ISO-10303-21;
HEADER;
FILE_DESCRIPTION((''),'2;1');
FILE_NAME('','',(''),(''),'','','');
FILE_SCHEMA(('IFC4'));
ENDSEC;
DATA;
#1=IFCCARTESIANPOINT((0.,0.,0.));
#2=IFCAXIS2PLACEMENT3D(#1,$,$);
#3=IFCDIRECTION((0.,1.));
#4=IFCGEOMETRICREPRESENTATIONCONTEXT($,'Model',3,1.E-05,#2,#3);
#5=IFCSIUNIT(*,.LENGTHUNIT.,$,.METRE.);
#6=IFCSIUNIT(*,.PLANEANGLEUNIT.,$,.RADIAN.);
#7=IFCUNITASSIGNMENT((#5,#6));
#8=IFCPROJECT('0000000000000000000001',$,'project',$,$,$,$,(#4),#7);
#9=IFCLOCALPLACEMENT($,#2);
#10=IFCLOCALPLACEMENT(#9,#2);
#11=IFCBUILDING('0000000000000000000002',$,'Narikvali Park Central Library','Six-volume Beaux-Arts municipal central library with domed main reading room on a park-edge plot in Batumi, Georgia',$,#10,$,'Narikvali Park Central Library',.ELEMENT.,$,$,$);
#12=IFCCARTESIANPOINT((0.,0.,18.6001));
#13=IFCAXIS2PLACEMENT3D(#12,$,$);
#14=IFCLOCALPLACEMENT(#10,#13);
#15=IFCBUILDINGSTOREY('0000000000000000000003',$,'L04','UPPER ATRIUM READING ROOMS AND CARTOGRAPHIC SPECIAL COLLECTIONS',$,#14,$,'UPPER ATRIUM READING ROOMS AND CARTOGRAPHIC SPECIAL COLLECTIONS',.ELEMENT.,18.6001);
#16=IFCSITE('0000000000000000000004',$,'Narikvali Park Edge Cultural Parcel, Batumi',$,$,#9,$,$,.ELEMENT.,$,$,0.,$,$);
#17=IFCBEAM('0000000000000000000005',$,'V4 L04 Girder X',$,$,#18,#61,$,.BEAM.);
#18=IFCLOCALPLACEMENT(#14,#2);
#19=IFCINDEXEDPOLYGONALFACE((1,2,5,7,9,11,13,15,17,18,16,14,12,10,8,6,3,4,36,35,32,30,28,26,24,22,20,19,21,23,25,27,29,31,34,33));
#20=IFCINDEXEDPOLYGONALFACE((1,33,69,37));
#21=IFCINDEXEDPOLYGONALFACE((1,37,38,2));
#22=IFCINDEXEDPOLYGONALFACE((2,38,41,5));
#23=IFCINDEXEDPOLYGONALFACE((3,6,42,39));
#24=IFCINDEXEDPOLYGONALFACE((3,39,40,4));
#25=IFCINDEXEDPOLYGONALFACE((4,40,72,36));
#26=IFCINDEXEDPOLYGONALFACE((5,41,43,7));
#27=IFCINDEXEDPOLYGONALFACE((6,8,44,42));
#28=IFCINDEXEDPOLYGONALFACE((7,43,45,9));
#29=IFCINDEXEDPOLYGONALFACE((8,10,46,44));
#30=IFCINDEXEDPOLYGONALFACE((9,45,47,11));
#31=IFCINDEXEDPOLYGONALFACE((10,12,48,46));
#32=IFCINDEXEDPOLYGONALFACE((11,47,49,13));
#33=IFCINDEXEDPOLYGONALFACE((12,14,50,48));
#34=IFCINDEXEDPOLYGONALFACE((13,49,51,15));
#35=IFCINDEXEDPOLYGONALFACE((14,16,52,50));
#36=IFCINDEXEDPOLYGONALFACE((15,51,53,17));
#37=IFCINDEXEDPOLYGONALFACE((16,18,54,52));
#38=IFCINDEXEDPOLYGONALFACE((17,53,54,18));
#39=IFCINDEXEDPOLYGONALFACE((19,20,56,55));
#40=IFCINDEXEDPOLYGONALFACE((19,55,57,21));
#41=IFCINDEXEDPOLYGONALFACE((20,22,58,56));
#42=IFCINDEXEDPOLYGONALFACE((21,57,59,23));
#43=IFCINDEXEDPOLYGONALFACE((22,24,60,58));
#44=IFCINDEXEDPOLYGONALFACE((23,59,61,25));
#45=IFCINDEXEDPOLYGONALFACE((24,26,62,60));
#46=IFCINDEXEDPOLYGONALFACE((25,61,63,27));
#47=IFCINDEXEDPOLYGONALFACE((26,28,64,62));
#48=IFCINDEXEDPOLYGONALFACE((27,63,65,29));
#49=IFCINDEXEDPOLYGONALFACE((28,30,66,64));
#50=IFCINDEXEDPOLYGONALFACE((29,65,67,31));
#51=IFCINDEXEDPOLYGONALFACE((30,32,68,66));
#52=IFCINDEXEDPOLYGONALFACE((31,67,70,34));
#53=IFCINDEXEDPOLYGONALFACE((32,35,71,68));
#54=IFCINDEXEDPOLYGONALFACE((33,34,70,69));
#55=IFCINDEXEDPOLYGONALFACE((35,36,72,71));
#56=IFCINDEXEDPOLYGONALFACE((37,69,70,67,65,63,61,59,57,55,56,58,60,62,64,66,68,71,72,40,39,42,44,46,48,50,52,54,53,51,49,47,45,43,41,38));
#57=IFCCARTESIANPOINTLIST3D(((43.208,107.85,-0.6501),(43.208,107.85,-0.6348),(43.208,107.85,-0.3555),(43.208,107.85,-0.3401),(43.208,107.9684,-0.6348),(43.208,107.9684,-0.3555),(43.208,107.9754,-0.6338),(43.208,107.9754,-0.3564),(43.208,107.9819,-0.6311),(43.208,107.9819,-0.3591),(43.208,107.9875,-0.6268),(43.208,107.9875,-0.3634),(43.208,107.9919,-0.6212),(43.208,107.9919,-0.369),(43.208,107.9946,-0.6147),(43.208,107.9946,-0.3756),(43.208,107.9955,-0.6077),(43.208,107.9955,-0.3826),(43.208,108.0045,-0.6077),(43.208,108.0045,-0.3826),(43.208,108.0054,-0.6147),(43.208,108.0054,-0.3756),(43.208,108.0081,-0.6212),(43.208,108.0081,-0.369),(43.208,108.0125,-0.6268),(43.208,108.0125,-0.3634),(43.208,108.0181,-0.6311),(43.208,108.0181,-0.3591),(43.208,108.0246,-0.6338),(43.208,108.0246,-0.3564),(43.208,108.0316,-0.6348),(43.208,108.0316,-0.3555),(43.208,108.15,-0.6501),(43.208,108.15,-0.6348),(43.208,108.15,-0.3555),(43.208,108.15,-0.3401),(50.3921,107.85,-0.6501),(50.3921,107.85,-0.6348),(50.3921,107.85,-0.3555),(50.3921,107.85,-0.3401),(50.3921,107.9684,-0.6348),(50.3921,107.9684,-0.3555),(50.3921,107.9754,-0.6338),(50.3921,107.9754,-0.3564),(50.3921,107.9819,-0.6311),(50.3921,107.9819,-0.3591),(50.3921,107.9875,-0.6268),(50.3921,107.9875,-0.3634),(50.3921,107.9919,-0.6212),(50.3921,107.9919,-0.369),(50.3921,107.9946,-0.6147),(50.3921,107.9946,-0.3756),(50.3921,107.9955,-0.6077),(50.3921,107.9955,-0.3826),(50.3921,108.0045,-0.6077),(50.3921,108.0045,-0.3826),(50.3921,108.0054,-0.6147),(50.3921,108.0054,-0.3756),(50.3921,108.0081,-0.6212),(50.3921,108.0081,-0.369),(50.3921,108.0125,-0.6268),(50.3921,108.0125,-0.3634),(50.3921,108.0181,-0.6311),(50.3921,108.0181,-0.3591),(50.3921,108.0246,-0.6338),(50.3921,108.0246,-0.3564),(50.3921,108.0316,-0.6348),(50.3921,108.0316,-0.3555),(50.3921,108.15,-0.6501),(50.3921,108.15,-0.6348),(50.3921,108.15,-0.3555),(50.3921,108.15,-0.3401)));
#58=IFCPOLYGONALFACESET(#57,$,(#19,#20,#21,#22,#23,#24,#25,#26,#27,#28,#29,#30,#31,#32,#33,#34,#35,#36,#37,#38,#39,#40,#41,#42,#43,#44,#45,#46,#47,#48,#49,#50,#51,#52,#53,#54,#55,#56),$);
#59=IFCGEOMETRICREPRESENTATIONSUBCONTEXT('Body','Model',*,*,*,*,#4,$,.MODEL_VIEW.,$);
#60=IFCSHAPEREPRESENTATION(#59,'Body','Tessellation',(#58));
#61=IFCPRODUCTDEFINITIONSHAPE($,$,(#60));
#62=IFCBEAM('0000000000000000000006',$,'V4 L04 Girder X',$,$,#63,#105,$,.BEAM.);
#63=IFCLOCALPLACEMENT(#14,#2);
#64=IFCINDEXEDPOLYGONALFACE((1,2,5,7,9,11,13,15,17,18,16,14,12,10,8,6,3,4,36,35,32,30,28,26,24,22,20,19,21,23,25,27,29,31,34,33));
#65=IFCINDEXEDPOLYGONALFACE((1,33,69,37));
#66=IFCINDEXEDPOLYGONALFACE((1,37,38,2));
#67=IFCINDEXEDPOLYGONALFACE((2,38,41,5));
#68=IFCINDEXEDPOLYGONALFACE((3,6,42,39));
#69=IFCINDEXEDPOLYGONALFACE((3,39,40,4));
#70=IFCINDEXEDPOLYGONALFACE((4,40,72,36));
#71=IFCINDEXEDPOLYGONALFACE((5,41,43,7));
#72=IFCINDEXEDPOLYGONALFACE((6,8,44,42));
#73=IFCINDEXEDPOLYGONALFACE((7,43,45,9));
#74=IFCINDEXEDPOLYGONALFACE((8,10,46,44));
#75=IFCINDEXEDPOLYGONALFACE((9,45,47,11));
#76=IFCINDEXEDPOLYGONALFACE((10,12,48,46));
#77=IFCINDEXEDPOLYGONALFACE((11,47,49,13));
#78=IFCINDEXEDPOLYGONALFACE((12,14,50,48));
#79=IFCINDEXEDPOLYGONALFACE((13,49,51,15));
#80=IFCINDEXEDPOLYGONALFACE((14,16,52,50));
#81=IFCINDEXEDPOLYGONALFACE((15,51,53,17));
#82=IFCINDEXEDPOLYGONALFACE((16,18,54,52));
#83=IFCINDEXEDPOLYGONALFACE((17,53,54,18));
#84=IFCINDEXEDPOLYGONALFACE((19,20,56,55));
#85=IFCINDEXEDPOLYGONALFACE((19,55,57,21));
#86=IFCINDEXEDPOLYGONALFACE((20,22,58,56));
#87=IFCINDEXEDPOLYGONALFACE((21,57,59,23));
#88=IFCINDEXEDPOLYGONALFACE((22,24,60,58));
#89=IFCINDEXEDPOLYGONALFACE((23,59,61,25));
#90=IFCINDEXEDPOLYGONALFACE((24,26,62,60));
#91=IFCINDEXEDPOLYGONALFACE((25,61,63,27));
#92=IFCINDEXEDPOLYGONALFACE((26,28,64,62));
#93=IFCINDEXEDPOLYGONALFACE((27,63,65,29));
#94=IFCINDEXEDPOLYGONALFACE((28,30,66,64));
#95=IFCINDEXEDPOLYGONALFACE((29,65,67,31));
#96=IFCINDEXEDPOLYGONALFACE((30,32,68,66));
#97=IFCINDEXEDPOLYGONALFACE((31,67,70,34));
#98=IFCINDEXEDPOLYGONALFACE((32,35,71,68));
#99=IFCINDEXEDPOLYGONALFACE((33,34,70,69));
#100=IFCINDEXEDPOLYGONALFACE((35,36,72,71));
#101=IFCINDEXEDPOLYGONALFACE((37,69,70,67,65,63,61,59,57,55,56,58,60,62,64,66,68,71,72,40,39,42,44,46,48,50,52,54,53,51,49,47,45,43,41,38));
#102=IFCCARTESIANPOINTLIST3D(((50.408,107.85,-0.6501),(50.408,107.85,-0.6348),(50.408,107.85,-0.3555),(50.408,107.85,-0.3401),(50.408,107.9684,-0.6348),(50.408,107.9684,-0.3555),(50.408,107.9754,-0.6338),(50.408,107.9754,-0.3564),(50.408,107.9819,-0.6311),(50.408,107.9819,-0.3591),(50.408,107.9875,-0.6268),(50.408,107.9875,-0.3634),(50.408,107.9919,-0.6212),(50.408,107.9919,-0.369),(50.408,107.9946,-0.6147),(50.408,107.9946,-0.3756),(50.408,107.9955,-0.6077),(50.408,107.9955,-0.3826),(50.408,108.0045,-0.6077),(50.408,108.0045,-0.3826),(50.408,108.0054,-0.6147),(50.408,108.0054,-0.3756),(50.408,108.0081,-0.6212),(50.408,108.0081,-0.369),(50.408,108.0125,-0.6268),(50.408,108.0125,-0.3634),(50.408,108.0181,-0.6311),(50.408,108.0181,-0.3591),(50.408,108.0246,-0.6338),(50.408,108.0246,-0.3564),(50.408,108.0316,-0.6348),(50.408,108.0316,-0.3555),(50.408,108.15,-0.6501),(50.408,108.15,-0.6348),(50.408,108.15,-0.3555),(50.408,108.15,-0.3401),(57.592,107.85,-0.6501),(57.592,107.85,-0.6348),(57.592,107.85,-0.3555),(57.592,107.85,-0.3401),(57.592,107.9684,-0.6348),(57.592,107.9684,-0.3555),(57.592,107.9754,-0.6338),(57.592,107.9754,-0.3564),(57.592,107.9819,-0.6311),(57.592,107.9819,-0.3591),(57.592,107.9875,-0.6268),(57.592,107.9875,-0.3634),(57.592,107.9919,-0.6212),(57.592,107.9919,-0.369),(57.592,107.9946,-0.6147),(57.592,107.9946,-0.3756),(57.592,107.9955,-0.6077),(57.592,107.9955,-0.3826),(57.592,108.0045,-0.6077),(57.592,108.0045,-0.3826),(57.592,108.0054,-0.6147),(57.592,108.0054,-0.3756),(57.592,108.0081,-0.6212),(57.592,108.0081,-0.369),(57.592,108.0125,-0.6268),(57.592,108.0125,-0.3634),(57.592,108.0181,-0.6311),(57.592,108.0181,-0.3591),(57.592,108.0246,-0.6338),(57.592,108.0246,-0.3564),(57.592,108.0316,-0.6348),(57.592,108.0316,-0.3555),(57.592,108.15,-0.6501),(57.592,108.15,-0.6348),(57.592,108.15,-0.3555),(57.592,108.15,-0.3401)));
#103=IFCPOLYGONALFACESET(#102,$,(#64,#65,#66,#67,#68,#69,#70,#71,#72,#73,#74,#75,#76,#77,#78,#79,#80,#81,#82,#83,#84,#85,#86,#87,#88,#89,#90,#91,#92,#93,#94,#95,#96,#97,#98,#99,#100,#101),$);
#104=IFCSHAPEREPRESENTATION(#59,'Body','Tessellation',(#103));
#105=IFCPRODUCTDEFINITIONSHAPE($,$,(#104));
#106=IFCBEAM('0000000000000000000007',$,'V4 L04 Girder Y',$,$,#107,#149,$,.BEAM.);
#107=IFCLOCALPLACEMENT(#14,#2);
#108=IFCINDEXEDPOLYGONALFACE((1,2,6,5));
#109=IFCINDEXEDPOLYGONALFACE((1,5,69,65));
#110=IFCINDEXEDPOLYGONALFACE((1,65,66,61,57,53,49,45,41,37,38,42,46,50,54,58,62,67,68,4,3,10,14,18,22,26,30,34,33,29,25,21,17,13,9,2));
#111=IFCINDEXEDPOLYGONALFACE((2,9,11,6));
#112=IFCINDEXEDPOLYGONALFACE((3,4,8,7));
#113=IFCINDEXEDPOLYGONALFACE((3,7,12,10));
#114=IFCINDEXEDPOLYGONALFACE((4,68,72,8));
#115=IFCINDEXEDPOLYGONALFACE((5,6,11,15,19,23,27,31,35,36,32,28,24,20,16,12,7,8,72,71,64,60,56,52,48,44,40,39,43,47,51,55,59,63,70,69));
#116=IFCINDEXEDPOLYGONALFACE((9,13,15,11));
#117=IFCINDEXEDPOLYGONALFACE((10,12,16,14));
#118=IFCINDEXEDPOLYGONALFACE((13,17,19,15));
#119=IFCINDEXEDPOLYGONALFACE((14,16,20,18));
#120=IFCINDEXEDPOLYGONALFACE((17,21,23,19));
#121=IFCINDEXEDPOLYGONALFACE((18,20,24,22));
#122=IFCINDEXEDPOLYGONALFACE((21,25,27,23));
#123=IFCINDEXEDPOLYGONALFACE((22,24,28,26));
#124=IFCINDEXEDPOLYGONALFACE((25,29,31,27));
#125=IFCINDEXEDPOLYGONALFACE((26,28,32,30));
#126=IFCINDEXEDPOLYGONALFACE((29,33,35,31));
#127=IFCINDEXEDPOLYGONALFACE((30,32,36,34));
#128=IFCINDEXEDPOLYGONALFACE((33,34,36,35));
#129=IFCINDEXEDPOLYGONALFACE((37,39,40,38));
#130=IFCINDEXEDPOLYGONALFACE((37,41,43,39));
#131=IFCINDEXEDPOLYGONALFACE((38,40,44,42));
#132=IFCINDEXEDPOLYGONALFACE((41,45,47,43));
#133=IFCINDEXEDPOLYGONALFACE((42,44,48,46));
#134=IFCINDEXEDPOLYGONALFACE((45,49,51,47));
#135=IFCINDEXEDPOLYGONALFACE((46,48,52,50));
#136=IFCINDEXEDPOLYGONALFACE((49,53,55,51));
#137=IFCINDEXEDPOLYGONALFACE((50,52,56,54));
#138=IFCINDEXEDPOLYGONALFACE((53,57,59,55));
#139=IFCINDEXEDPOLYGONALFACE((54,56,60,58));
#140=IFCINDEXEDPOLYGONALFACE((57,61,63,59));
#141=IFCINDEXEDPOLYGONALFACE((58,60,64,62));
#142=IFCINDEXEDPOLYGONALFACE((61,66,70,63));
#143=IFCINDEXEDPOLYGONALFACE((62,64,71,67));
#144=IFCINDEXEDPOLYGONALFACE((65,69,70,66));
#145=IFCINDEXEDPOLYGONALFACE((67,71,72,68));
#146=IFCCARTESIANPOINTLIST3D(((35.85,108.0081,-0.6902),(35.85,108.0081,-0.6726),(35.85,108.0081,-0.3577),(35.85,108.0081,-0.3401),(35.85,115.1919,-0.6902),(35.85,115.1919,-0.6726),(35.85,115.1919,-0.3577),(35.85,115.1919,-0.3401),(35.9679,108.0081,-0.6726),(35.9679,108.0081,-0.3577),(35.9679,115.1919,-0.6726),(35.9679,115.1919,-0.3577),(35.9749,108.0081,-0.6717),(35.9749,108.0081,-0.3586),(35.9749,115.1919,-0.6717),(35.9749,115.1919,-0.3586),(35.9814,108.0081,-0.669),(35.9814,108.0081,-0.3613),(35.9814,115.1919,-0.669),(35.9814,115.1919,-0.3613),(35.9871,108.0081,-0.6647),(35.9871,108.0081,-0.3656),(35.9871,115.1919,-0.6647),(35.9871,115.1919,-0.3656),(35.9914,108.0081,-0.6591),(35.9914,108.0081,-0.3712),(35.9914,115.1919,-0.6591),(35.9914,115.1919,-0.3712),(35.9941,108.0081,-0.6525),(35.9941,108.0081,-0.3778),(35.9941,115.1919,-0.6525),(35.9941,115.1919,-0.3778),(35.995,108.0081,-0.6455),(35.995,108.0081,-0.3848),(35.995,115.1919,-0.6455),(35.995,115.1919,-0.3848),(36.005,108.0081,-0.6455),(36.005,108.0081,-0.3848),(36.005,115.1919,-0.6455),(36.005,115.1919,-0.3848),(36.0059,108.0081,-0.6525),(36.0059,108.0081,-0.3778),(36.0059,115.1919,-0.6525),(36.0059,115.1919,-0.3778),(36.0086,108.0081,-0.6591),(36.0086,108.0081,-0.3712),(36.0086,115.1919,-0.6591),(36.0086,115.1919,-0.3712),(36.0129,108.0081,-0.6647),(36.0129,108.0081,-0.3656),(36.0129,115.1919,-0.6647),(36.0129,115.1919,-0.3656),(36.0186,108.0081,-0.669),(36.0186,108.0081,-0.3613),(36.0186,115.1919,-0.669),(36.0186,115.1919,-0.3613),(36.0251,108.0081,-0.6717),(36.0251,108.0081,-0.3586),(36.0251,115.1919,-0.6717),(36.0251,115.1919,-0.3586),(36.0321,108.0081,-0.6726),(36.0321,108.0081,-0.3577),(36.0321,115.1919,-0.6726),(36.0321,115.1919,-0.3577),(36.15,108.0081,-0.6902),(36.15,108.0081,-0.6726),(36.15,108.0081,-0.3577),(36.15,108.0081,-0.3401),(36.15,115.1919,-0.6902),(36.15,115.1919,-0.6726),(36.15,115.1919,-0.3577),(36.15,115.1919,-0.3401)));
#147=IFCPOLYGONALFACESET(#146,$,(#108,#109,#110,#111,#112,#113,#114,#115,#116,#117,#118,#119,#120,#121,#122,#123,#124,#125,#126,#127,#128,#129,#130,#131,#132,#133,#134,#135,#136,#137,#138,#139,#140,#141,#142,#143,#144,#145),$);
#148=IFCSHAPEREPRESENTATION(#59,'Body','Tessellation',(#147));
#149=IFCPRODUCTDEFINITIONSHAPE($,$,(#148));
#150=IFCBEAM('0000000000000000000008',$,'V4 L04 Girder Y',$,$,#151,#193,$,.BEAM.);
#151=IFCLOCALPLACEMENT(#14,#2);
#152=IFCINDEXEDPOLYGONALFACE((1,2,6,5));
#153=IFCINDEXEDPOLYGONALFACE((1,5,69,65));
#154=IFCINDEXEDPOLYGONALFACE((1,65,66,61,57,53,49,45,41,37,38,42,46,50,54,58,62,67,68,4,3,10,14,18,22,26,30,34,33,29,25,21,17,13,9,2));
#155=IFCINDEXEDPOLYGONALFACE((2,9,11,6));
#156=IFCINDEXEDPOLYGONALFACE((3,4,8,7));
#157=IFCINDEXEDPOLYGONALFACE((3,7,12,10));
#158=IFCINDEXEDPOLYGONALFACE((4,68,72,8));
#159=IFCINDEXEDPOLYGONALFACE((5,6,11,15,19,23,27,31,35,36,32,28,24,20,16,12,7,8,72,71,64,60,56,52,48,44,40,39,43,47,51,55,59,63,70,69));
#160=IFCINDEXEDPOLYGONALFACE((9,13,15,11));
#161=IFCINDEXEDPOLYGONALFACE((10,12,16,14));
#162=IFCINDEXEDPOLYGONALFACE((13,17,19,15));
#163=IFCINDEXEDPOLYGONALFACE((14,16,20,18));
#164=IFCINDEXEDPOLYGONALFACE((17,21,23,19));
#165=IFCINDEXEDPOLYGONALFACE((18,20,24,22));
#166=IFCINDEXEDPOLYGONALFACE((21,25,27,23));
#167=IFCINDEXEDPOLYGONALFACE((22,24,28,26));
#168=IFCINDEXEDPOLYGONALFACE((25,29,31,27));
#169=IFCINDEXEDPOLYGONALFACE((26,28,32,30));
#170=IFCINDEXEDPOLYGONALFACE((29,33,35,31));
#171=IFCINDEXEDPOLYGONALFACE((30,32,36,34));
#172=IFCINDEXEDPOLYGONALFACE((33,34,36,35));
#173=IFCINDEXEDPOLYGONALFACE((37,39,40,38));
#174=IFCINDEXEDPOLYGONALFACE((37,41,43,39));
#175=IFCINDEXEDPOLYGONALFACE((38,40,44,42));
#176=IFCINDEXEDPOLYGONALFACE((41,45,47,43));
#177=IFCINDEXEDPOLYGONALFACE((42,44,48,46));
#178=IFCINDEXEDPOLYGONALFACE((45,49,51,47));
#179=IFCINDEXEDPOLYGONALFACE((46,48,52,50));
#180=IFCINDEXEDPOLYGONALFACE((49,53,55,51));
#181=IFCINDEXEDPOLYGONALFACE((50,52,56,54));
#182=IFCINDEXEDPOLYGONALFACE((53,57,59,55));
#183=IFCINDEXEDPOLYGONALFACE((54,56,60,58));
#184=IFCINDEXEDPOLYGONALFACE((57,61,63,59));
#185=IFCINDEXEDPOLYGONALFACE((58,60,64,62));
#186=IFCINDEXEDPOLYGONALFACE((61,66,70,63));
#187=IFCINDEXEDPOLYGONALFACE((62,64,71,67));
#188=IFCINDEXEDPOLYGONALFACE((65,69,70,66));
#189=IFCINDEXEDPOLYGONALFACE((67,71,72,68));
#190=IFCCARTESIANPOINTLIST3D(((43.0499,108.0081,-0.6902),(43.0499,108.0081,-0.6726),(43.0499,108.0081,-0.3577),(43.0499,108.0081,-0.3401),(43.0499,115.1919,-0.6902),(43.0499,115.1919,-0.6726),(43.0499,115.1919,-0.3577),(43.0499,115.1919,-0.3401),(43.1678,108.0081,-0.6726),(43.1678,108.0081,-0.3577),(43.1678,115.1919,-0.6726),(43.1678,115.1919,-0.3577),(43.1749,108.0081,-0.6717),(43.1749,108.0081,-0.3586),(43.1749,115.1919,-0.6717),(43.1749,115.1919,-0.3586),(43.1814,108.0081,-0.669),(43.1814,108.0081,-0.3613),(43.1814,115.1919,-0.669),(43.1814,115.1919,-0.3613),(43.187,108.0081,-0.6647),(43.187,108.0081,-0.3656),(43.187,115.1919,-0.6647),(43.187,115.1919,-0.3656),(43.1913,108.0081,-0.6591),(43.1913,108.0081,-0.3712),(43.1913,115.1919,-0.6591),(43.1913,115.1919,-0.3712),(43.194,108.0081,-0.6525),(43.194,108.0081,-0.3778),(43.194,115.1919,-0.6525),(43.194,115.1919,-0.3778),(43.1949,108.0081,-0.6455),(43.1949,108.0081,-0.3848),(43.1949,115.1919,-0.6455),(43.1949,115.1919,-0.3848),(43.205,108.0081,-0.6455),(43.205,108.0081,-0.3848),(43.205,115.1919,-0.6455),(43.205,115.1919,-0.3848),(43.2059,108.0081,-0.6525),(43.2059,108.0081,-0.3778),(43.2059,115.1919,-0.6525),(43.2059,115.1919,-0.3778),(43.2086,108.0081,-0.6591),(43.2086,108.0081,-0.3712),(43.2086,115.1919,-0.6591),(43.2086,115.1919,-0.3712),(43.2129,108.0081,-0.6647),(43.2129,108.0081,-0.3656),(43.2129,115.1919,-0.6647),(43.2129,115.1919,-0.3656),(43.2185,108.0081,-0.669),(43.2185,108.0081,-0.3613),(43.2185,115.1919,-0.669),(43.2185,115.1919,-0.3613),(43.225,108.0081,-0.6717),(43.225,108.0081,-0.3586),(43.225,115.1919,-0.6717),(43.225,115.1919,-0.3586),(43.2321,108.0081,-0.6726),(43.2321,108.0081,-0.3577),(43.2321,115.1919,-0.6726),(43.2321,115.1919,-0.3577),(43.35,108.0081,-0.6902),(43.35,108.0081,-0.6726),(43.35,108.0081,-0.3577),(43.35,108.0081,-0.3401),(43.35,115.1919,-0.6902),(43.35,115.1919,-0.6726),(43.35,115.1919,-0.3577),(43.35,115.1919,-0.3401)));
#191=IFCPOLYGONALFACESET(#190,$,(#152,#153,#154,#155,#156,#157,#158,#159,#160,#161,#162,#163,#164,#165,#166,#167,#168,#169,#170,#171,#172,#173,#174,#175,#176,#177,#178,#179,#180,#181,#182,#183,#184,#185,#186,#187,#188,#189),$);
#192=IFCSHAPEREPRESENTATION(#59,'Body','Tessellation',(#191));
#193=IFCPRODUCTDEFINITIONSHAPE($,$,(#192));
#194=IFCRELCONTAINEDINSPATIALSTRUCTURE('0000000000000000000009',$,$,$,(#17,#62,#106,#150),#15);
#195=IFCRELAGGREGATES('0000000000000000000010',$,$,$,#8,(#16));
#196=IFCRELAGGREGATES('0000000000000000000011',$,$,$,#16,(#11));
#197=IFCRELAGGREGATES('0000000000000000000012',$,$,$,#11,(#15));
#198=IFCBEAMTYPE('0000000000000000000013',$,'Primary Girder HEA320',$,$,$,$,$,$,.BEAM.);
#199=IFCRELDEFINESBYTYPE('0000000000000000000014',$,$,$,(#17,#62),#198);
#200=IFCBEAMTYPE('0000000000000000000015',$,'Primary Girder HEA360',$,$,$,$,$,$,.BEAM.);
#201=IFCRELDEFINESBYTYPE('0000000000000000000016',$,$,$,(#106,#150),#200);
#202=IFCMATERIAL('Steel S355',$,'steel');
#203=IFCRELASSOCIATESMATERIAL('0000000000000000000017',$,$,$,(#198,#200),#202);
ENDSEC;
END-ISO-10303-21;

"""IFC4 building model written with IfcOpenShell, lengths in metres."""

from ifc_helpers import new_model, si_unit, direction, frame, origin, origin_2d, place, context, subcontext, project, spatial, i_section, extrude, material, material_profile, profile_set, type_object, element, save


model = new_model("IFC4")

# Units and contexts
model_context = context("Model", 3, precision=1e-05, world=origin(), true_north=direction((0.0, 1.0)))
body_context = subcontext(model_context, "Body", "Model", "MODEL_VIEW")
ifc_project = project(units=[si_unit("LENGTHUNIT", "METRE"), si_unit("PLANEANGLEUNIT", "RADIAN")], contexts=[model_context])

# Site, building, storey
site_placement = place(None, origin())
site = spatial("IfcSite", under=ifc_project, at=site_placement, Name="Narikvali Park Edge Cultural Parcel, Batumi", CompositionType="ELEMENT", RefElevation=0.0)
building_placement = place(site_placement, origin())
building = spatial("IfcBuilding", under=site, at=building_placement, Name="Narikvali Park Central Library", Description="Six-volume Beaux-Arts municipal central library with domed main reading room on a park-edge plot in Batumi, Georgia", LongName="Narikvali Park Central Library", CompositionType="ELEMENT")
storey_placement = place(building_placement, frame((0.0, 0.0, 18.6001)))
storey = spatial("IfcBuildingStorey", under=building, at=storey_placement, Name="L04", Description="UPPER ATRIUM READING ROOMS AND CARTOGRAPHIC SPECIAL COLLECTIONS", LongName="UPPER ATRIUM READING ROOMS AND CARTOGRAPHIC SPECIAL COLLECTIONS", CompositionType="ELEMENT", Elevation=18.6001)

# Beams
ifc_material_1 = material(Name="Steel S355", Category="steel")
ifc_material_profile_1 = material_profile(ifc_material_1, i_section(OverallWidth=0.3, OverallDepth=0.3101, WebThickness=0.009, FlangeThickness=0.0154, FilletRadius=0.0271, at=origin_2d()), Name="HEA 320")
ifc_profile_set_1 = profile_set([ifc_material_profile_1], Name="Steel S355")
beam_type_1 = type_object("IfcBeamType", Name="Primary Girder HEA320", PredefinedType="BEAM", material=ifc_profile_set_1)
for number, where, z_axis, x_axis, name in (
    (1, (43.208, 108.0, -0.4951), (1.0, 0.0, 0.0), (0.0, 1.0, 0.0), "V4 L04 Girder X"),
    (2, (50.408, 108.0, -0.4951), (1.0, 0.0, 0.0), (0.0, 1.0, 0.0), "V4 L04 Girder X"),
):
    element("IfcBeam", number, at=place(storey_placement, frame(where, z_axis=z_axis, x_axis=x_axis)), inside=storey, type_object=beam_type_1, Name=name, PredefinedType="BEAM", context=body_context, shape_type="SweptSolid", body=[
        extrude(i_section(OverallWidth=0.3, OverallDepth=0.3101, WebThickness=0.009, FlangeThickness=0.0154, FilletRadius=0.0271, at=origin_2d()), origin(), (0.0, 0.0, 1.0), 7.1841),
    ])
ifc_material_profile_2 = material_profile(ifc_material_1, i_section(OverallWidth=0.3, OverallDepth=0.3501, WebThickness=0.01, FlangeThickness=0.0176, FilletRadius=0.0271, at=origin_2d()), Name="HEA 360")
ifc_profile_set_2 = profile_set([ifc_material_profile_2], Name="Steel S355")
beam_type_2 = type_object("IfcBeamType", Name="Primary Girder HEA360", PredefinedType="BEAM", material=ifc_profile_set_2)
for number, where, z_axis, x_axis, name in (
    (3, (36.0, 108.0081, -0.5151), (0.0, 1.0, 0.0), (-1.0, 0.0, 0.0), "V4 L04 Girder Y"),
    (4, (43.2, 108.0081, -0.5151), (0.0, 1.0, 0.0), (-1.0, 0.0, 0.0), "V4 L04 Girder Y"),
):
    element("IfcBeam", number, at=place(storey_placement, frame(where, z_axis=z_axis, x_axis=x_axis)), inside=storey, type_object=beam_type_2, Name=name, PredefinedType="BEAM", context=body_context, shape_type="SweptSolid", body=[
        extrude(i_section(OverallWidth=0.3, OverallDepth=0.3501, WebThickness=0.01, FlangeThickness=0.0176, FilletRadius=0.0271, at=origin_2d()), origin(), (0.0, 0.0, 1.0), 7.1838),
    ])

save(model, "model.ifc")
